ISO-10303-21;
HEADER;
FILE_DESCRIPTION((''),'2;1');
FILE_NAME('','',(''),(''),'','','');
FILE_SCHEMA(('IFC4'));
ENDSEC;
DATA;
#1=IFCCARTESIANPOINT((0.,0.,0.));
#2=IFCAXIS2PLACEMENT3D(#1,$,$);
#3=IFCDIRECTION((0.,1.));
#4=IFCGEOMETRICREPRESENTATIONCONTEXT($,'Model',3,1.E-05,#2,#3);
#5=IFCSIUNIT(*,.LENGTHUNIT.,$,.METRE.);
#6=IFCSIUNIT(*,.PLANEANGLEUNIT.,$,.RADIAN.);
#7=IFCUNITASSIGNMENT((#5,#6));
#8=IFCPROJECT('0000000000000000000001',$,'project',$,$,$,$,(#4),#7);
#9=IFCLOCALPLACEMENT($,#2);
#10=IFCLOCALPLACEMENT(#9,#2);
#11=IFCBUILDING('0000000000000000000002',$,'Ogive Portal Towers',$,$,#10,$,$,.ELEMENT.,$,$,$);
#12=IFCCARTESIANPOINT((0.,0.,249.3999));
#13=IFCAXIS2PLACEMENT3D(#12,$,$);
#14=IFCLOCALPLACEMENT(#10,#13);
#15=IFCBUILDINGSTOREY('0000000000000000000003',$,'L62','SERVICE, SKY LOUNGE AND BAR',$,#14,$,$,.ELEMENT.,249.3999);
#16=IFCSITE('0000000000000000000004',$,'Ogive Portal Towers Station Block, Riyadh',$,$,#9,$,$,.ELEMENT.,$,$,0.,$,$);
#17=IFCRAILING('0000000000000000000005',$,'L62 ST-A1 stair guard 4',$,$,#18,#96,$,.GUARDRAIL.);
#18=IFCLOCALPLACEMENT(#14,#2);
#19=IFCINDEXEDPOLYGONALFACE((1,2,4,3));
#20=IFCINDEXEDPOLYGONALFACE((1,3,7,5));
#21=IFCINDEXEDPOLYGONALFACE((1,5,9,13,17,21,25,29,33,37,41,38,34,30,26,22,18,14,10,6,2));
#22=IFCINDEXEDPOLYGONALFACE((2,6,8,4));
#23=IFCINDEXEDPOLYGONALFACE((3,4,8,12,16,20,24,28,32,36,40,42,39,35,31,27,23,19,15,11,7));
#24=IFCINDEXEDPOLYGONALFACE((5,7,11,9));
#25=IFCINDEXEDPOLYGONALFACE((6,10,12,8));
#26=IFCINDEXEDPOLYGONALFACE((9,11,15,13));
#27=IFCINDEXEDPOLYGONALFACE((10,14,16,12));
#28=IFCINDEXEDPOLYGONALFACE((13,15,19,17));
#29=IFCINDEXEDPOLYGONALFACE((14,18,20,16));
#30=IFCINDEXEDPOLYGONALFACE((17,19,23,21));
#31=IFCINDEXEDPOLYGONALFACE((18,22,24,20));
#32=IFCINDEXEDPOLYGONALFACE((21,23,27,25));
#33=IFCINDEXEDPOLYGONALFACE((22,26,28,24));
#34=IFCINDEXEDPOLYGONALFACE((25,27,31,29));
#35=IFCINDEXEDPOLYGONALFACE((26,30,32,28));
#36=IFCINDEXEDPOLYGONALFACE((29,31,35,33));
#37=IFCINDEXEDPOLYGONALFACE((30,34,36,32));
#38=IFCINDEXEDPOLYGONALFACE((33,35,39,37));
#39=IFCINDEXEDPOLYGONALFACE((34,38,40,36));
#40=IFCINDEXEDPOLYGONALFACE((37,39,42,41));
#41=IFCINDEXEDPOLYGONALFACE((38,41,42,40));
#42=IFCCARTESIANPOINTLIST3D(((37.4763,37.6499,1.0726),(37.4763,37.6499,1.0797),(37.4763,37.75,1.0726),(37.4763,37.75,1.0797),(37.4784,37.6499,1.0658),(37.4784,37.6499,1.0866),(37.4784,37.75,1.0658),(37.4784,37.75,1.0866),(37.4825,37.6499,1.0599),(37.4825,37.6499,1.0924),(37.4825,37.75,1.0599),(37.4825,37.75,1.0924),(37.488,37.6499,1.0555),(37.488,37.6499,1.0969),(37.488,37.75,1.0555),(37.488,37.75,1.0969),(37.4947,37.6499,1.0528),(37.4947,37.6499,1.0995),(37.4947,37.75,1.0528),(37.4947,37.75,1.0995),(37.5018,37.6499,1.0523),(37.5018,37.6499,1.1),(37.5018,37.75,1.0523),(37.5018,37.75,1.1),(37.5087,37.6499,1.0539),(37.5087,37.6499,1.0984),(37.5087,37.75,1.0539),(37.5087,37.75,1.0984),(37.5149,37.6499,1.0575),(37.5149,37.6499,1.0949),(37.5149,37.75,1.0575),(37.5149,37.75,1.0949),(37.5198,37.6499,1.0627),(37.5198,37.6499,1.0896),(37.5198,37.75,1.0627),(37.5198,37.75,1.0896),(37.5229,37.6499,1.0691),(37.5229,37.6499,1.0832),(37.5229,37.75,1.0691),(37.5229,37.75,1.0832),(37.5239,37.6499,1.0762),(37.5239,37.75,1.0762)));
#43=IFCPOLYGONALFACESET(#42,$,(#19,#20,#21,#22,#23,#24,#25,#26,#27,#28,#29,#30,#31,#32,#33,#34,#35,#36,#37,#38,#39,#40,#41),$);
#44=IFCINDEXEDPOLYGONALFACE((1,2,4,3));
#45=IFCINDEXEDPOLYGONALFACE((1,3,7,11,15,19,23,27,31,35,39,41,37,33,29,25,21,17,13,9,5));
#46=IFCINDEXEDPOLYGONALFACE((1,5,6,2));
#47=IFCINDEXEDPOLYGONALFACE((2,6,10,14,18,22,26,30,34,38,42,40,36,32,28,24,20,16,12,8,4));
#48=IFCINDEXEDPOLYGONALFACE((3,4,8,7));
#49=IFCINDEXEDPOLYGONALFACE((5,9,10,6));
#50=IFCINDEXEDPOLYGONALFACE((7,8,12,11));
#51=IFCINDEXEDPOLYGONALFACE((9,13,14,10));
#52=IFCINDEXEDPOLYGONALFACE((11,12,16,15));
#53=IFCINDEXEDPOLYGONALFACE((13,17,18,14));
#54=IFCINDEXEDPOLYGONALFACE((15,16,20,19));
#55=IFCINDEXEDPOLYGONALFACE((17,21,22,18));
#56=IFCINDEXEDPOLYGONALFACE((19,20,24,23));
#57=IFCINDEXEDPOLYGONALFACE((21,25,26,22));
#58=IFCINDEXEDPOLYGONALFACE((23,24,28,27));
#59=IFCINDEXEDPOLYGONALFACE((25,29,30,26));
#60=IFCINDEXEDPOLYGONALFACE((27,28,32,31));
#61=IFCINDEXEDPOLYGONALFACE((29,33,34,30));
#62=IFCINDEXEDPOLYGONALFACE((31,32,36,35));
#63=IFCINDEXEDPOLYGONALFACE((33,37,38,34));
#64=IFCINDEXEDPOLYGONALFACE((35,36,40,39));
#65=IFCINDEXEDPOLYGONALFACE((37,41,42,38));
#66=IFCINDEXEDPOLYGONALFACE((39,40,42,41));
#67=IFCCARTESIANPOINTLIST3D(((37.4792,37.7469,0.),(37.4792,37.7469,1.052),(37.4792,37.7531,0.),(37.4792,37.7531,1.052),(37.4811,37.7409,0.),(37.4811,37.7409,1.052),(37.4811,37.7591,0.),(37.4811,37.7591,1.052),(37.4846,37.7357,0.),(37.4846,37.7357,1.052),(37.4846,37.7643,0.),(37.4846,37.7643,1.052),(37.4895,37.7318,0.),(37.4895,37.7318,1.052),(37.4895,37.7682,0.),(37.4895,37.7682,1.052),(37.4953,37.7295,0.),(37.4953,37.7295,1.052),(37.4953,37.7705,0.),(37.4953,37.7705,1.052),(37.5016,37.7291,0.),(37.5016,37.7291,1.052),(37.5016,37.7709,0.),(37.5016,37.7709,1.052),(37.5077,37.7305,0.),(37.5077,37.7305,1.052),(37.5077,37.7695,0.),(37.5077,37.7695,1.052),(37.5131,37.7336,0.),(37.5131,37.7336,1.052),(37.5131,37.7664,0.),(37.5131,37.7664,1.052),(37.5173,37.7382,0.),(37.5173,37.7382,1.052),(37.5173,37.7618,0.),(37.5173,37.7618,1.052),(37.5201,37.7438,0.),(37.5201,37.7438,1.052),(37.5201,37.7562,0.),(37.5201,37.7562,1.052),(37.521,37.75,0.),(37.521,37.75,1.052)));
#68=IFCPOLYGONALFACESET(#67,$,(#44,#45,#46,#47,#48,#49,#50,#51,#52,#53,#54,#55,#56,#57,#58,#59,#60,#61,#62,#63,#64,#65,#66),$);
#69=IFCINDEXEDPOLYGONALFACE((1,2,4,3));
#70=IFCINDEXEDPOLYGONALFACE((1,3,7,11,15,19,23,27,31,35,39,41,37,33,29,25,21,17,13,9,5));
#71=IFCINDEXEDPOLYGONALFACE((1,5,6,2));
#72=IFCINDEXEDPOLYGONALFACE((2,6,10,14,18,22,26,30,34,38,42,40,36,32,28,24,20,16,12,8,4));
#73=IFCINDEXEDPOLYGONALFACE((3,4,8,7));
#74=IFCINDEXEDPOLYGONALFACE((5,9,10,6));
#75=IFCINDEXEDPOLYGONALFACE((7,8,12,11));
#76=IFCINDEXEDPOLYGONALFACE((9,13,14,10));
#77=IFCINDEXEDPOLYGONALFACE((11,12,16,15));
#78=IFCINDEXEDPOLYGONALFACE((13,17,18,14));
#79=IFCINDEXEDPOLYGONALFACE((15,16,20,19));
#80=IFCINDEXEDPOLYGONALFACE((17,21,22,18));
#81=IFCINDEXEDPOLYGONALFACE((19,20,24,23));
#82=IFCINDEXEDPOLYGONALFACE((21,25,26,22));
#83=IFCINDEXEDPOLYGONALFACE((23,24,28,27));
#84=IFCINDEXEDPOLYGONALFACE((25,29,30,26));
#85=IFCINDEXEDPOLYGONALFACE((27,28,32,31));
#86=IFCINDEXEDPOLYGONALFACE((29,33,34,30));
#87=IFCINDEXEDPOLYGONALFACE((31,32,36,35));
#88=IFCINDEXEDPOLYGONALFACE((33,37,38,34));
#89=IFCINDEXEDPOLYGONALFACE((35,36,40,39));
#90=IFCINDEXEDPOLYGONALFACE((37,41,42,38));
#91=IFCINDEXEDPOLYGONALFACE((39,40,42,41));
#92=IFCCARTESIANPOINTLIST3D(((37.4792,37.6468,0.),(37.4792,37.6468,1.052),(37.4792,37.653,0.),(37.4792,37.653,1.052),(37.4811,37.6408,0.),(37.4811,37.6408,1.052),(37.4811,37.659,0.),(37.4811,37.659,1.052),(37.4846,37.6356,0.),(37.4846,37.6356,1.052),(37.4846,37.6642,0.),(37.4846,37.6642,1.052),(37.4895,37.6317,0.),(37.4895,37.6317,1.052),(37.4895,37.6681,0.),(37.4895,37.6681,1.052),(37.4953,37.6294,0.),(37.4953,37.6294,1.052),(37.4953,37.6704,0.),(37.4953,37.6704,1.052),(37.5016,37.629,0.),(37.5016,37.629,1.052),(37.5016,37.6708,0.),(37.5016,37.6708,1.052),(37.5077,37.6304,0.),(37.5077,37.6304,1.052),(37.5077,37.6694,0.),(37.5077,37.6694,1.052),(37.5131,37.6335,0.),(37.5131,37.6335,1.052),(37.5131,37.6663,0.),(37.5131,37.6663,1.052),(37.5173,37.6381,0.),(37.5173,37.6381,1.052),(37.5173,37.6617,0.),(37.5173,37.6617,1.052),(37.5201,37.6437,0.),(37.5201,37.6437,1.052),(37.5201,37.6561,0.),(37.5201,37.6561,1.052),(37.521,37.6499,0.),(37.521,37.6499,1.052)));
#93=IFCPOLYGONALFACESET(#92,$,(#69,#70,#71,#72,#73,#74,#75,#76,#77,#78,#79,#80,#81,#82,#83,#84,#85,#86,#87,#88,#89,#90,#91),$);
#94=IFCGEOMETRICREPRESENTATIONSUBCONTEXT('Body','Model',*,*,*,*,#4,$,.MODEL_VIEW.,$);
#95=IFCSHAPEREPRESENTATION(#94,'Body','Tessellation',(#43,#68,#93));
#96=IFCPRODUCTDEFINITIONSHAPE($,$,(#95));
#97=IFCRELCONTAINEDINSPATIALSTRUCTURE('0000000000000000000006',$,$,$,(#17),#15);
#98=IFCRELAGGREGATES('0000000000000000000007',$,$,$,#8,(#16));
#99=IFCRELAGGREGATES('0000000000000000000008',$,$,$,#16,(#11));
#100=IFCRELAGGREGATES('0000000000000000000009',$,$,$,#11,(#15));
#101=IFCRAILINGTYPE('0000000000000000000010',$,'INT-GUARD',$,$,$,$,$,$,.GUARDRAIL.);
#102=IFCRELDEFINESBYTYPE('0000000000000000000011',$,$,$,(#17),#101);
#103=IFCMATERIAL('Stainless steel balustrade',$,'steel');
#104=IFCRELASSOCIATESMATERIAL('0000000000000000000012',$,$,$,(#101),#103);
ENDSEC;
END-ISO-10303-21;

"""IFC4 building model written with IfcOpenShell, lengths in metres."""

from ifc_helpers import new_model, si_unit, direction, frame, origin, origin_2d, place, context, subcontext, project, spatial, circle, extrude, material, type_object, element, save


model = new_model("IFC4")

# Units and contexts
model_context = context("Model", 3, precision=1e-05, world=origin(), true_north=direction((0.0, 1.0)))
body_context = subcontext(model_context, "Body", "Model", "MODEL_VIEW")
ifc_project = project(units=[si_unit("LENGTHUNIT", "METRE"), si_unit("PLANEANGLEUNIT", "RADIAN")], contexts=[model_context])

# Site, building, storey
site_placement = place(None, origin())
site = spatial("IfcSite", under=ifc_project, at=site_placement, Name="Ogive Portal Towers Station Block, Riyadh", CompositionType="ELEMENT", RefElevation=0.0)
building_placement = place(site_placement, origin())
building = spatial("IfcBuilding", under=site, at=building_placement, Name="Ogive Portal Towers", CompositionType="ELEMENT")
storey_placement = place(building_placement, frame((0.0, 0.0, 249.3999)))
storey = spatial("IfcBuildingStorey", under=building, at=storey_placement, Name="L62", Description="SERVICE, SKY LOUNGE AND BAR", CompositionType="ELEMENT", Elevation=249.3999)

# Railing
ifc_material_1 = material(Name="Stainless steel balustrade", Category="steel")
railing_type_1 = type_object("IfcRailingType", Name="INT-GUARD", PredefinedType="GUARDRAIL", material=ifc_material_1)
railing_1_placement = place(storey_placement, frame((37.5, 37.75, 0.0)))
element("IfcRailing", 1, at=railing_1_placement, inside=storey, type_object=railing_type_1, Name="L62 ST-A1 stair guard 4", PredefinedType="GUARDRAIL", context=body_context, shape_type="SweptSolid", body=[
    extrude(circle(Radius=0.0239, at=origin_2d()), frame((0.0, 0.0, 1.0762), z_axis=(0.0, -1.0, 0.0), x_axis=(1.0, 0.0, 0.0)), (0.0, 0.0, 1.0), 0.1001),
    extrude(circle(Radius=0.021, at=origin_2d()), origin(), (0.0, 0.0, 1.0), 1.052),
    extrude(circle(Radius=0.021, at=origin_2d()), frame((0.0, -0.1001, 0.0)), (0.0, 0.0, 1.0), 1.052),
])

save(model, "model.ifc")
